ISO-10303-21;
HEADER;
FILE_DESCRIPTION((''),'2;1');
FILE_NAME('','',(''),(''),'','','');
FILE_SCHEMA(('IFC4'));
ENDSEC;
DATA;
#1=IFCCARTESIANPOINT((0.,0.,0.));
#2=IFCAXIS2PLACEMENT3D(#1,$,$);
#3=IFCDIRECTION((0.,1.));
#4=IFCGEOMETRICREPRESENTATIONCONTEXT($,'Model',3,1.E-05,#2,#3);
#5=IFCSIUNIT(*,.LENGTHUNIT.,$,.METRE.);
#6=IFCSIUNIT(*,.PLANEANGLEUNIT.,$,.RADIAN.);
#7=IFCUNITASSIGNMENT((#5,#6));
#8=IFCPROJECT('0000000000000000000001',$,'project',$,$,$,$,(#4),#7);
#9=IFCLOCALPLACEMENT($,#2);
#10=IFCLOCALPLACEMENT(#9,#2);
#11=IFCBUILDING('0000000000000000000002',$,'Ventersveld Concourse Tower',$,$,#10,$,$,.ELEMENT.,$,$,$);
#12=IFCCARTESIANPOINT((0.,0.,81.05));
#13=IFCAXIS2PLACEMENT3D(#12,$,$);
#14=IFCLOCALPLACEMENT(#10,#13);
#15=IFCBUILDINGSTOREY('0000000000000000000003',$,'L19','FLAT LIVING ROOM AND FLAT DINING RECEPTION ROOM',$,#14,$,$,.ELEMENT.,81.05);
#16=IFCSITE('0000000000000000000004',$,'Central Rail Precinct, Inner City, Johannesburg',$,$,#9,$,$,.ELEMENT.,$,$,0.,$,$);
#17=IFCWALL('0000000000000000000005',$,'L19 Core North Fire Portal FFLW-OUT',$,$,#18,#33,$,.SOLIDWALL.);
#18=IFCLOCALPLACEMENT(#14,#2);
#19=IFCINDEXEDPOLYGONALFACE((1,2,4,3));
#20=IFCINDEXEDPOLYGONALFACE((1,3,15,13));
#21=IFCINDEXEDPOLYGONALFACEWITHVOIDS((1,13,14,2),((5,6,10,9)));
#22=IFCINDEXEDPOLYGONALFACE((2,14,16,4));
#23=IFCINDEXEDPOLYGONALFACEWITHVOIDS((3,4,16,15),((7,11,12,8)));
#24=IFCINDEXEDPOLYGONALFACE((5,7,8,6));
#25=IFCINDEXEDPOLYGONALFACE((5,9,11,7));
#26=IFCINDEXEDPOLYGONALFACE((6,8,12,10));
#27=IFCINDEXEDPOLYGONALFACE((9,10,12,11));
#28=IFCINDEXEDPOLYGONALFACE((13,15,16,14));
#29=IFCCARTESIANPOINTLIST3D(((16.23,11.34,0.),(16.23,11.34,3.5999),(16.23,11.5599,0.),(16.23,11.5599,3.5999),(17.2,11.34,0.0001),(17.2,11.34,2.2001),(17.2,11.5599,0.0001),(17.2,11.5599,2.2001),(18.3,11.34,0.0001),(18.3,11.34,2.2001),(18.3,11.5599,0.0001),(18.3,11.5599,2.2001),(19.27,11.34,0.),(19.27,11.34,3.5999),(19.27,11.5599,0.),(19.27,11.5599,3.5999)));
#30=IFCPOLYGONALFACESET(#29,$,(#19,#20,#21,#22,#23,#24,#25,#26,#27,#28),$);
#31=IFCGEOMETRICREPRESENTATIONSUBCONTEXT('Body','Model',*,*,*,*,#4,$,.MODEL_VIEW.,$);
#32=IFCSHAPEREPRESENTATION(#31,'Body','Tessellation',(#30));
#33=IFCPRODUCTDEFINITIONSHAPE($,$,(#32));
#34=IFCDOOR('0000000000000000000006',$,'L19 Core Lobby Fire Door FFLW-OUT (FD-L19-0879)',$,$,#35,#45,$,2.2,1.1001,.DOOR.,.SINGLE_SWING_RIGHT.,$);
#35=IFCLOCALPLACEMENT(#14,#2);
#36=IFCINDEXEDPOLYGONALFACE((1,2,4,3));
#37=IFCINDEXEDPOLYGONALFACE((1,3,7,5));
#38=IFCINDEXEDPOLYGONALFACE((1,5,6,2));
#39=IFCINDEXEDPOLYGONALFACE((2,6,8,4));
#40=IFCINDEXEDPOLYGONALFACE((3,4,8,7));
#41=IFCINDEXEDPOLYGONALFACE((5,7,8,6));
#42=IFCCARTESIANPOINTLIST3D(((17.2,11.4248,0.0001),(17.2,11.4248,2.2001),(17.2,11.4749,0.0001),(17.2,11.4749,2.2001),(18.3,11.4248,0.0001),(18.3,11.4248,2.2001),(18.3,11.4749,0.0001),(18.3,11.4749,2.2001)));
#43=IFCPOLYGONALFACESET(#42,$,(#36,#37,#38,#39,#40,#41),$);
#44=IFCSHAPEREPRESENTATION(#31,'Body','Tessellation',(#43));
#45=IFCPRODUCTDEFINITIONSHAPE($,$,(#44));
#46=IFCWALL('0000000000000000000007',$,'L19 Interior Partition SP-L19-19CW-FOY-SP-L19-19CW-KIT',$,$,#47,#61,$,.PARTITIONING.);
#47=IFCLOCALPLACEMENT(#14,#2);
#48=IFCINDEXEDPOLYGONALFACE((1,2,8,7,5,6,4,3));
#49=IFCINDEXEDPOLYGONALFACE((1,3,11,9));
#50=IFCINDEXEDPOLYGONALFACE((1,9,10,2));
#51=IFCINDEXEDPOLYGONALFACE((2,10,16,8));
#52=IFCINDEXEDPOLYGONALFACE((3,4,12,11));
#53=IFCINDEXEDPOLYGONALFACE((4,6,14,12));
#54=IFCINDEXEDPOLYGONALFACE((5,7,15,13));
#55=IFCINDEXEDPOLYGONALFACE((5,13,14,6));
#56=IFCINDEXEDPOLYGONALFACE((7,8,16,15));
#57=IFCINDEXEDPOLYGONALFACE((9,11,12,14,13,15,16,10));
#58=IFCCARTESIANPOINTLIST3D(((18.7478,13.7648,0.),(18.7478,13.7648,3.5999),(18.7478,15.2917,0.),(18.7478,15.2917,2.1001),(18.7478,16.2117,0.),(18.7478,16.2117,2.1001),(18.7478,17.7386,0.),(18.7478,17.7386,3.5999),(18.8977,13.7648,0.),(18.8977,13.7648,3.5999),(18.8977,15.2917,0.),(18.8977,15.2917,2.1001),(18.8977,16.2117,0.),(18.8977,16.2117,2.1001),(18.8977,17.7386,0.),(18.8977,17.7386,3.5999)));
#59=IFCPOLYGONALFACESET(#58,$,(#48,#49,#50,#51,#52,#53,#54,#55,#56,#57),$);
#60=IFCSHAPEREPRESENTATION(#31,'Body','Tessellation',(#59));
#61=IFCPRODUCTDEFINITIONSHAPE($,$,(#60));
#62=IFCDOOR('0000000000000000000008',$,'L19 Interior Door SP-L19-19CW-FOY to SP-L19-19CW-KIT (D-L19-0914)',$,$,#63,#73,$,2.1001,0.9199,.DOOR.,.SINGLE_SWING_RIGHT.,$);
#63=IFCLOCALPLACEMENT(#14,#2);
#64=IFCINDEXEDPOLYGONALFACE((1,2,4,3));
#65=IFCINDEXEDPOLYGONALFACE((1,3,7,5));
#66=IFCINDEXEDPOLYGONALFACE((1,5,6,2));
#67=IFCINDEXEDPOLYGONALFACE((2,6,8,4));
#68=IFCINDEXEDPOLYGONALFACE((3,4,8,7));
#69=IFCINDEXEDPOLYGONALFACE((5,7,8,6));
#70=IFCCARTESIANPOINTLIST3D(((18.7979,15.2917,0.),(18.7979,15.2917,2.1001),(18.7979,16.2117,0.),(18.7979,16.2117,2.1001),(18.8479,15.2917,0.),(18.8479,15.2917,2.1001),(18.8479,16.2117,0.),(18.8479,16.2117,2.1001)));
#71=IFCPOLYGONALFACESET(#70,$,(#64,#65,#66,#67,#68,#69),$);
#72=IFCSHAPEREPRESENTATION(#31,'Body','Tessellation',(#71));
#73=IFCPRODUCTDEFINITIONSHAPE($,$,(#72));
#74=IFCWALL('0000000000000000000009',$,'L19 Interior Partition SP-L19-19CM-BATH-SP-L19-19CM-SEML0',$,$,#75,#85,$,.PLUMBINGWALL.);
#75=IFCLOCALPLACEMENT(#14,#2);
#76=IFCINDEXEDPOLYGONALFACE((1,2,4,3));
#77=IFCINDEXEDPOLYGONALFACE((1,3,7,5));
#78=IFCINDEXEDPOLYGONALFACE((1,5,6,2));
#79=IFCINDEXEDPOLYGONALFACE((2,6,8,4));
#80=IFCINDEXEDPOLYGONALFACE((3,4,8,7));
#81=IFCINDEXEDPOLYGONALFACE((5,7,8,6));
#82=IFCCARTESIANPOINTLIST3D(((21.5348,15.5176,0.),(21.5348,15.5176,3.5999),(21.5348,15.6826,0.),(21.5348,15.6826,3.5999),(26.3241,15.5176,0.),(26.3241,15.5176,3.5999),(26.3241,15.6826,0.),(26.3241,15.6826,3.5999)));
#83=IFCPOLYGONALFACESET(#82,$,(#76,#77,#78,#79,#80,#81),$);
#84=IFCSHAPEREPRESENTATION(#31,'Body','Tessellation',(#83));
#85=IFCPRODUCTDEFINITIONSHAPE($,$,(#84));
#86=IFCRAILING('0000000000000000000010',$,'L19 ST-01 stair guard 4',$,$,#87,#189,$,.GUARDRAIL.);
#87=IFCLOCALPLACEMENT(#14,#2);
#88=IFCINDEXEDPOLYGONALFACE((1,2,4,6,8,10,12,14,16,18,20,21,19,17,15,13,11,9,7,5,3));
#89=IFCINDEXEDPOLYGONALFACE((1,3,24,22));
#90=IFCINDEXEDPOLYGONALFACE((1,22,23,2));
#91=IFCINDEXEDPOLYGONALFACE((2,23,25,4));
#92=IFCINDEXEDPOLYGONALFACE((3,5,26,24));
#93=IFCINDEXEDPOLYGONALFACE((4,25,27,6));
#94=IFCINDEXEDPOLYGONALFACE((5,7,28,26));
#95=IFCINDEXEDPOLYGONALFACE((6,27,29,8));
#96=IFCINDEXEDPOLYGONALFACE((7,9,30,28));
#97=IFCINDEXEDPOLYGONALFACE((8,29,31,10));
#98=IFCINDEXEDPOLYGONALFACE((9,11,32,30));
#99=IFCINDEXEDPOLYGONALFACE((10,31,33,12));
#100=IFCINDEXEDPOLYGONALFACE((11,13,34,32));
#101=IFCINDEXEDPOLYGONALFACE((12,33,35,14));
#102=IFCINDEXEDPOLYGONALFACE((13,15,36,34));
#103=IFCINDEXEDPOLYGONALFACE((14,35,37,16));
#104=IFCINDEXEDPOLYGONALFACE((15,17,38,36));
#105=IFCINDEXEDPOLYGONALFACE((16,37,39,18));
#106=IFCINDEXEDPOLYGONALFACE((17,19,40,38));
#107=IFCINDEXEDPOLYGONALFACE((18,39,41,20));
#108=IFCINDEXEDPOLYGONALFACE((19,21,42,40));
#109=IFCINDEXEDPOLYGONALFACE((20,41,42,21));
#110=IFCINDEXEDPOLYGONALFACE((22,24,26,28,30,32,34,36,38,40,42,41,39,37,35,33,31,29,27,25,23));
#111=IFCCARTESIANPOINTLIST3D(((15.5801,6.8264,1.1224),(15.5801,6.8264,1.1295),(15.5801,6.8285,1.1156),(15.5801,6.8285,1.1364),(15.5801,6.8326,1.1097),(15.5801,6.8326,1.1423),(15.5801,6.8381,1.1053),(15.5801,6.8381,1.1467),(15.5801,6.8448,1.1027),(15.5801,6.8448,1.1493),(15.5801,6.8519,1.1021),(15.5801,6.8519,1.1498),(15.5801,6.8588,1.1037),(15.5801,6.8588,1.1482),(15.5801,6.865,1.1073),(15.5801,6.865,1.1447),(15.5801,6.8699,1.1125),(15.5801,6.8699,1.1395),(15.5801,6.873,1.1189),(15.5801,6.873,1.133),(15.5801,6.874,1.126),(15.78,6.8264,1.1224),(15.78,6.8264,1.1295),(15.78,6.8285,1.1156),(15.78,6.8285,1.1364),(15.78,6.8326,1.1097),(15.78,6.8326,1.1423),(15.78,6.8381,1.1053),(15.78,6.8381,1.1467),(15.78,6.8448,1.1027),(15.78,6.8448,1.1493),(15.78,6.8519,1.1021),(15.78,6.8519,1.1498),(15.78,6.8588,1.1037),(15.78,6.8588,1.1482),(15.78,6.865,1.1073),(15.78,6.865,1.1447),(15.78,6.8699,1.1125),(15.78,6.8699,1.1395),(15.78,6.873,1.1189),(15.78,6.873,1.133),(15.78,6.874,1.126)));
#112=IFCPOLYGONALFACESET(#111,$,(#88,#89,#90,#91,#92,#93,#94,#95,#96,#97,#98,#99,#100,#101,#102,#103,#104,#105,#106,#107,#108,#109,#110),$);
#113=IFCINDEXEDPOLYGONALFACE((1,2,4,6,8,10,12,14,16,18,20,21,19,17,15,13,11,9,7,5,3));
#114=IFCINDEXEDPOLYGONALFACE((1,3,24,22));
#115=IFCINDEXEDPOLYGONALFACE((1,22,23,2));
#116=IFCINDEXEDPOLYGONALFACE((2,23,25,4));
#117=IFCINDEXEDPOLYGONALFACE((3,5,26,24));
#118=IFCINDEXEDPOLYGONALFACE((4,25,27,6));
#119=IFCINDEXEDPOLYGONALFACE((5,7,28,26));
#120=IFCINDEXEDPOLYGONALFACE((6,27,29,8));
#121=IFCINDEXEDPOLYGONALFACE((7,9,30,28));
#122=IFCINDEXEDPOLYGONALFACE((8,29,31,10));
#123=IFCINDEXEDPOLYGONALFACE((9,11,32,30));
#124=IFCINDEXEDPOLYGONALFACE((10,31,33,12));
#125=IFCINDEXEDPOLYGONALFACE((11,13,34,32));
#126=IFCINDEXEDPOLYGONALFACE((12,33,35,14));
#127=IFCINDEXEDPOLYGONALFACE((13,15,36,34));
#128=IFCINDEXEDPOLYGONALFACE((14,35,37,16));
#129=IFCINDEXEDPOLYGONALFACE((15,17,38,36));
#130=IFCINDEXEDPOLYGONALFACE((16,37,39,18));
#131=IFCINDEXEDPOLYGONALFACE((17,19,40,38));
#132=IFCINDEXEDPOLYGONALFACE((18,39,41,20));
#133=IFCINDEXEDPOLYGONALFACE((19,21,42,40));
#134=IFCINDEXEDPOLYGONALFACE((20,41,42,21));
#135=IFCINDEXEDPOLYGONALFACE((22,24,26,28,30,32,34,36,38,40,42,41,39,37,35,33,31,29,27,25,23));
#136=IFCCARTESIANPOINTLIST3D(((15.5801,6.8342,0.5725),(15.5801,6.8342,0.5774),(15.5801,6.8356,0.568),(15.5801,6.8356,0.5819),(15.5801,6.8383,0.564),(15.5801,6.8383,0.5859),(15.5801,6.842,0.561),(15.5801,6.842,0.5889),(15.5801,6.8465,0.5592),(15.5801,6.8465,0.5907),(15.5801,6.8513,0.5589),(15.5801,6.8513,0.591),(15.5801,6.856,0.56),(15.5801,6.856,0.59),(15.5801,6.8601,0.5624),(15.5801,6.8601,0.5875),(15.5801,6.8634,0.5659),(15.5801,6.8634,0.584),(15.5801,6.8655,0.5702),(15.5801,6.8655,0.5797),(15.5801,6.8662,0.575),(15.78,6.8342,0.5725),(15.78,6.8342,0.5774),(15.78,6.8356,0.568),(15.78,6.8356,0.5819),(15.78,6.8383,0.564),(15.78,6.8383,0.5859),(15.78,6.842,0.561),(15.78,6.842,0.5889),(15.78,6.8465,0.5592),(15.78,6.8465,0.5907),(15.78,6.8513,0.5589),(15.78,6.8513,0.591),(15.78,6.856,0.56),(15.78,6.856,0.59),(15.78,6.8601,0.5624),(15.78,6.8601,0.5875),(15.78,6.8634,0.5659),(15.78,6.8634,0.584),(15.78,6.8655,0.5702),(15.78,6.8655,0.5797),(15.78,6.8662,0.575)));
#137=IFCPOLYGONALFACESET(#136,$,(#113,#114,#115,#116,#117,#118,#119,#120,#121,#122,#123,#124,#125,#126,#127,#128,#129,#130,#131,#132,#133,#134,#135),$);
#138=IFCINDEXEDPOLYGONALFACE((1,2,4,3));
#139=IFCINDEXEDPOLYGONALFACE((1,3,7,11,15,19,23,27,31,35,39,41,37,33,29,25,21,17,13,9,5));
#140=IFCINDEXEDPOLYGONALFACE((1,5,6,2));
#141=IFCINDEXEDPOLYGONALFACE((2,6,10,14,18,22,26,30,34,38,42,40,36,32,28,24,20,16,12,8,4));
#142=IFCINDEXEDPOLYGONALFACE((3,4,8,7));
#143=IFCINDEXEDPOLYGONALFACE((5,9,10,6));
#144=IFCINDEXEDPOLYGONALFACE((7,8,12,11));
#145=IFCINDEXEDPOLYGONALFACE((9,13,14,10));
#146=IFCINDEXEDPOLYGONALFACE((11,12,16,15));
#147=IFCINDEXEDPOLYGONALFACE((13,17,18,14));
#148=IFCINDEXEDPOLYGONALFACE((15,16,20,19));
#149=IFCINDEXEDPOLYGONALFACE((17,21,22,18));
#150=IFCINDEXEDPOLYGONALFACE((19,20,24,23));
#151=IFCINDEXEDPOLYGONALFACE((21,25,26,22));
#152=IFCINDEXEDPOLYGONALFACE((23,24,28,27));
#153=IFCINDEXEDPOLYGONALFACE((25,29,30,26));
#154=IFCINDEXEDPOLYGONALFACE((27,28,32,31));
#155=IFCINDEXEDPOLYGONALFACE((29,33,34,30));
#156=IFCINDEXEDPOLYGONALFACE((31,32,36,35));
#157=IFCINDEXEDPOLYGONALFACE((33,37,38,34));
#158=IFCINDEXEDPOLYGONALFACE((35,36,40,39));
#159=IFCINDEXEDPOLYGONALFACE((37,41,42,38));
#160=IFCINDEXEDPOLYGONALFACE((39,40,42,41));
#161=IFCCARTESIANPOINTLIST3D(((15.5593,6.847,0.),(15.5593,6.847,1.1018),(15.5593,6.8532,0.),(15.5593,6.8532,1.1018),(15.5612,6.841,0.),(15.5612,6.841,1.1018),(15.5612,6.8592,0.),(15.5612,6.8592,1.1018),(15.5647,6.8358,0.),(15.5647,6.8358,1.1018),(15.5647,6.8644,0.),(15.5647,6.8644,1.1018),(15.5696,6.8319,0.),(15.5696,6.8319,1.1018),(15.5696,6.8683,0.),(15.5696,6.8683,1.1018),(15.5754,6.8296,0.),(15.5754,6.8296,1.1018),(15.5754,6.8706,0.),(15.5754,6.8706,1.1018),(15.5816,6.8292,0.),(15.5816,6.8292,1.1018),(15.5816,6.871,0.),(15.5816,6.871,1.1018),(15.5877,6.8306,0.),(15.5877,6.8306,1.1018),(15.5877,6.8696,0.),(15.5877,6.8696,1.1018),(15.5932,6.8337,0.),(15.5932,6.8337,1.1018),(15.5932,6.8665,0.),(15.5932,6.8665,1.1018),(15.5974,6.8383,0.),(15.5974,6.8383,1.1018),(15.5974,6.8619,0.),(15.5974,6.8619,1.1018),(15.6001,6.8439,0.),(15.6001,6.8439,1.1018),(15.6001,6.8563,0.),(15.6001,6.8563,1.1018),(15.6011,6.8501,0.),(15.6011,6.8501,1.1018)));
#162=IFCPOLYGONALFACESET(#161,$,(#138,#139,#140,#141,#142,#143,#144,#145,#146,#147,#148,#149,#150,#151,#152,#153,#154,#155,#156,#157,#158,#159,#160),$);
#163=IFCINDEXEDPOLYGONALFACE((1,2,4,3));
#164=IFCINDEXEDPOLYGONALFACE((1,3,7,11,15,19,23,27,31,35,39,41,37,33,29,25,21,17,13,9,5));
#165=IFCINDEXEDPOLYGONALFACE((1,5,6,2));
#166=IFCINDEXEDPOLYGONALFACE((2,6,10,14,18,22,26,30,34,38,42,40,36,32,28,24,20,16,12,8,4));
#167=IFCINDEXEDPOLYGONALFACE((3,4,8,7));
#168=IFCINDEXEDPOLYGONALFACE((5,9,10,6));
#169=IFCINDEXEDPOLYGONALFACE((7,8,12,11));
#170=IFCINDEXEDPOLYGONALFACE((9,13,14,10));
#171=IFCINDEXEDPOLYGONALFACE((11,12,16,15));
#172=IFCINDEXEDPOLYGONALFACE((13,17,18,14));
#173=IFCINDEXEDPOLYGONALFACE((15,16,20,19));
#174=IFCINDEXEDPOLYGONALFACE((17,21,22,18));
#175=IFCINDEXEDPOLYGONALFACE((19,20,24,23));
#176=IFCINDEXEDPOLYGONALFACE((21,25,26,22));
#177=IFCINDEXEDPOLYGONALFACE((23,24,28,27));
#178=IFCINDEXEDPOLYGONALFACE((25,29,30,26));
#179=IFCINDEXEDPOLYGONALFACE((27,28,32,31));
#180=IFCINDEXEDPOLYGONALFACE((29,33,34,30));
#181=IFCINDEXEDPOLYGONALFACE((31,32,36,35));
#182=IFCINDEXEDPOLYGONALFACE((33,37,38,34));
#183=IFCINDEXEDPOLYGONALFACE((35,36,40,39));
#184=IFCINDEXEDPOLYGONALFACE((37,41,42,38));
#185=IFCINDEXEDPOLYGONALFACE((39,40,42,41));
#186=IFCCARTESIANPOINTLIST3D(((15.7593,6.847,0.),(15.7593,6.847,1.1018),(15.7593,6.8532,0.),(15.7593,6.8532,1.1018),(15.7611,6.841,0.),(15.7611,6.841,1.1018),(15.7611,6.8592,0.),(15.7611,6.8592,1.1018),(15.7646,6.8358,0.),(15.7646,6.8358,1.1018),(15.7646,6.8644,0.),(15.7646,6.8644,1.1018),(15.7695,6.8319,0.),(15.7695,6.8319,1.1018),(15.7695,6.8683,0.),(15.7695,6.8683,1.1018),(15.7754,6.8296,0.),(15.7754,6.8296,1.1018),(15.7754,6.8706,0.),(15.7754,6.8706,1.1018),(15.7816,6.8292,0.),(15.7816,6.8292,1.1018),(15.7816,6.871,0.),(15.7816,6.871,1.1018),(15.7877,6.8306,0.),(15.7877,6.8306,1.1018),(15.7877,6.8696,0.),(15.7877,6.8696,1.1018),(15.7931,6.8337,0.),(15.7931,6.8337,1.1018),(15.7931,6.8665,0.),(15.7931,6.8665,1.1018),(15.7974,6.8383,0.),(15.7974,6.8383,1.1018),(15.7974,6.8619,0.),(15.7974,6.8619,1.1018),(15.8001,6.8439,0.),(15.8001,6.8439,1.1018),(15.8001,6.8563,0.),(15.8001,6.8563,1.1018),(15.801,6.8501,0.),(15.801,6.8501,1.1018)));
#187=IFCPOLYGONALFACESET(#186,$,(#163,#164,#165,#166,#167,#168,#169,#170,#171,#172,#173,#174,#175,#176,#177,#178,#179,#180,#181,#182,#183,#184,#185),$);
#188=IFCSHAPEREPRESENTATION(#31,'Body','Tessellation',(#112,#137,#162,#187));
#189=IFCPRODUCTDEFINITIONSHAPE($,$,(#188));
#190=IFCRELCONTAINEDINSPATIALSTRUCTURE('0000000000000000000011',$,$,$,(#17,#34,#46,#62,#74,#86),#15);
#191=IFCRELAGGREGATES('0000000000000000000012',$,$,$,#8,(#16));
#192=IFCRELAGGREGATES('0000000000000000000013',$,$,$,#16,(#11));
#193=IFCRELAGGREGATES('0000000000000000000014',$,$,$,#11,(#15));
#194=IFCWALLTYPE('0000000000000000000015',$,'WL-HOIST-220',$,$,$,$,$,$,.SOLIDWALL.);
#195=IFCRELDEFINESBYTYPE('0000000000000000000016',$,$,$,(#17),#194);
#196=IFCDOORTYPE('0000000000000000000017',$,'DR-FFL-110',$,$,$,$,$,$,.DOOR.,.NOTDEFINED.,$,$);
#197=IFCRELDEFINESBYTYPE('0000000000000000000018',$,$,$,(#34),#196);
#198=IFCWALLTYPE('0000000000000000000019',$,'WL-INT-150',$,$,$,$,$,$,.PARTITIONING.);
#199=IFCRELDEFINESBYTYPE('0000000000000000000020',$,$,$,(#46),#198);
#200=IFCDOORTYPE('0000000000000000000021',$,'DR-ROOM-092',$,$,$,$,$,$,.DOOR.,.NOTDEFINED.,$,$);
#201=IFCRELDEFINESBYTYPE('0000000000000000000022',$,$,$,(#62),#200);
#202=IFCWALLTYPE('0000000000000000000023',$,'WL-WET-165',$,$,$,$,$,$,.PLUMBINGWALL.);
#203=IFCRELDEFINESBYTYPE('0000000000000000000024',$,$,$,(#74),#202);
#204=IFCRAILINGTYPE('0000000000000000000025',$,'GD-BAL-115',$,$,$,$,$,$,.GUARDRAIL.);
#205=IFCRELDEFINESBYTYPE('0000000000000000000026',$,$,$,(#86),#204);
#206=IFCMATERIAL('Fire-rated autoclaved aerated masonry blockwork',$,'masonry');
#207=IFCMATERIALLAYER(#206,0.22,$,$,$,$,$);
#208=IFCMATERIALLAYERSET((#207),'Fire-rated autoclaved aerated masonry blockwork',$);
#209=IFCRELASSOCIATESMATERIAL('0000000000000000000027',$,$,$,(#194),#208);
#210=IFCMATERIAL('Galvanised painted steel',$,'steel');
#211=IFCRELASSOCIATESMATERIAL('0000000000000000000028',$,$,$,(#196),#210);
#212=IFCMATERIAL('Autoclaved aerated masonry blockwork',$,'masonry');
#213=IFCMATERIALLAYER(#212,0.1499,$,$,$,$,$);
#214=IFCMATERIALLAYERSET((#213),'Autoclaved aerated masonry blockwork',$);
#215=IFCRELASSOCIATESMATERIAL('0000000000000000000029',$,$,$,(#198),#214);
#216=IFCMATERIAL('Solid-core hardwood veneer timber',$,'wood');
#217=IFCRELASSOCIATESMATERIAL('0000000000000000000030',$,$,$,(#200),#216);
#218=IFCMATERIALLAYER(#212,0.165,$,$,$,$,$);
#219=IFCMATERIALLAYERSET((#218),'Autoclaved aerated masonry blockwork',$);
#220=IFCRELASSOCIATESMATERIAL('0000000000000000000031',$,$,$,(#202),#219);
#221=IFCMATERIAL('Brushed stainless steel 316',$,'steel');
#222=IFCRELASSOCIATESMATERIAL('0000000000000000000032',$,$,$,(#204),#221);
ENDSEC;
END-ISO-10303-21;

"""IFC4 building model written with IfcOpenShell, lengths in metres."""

from ifc_helpers import new_model, si_unit, direction, frame, frame_2d, origin, origin_2d, place, context, subcontext, project, spatial, rectangle, circle, extrude, material, layer, layer_set, type_object, element, fill, save


model = new_model("IFC4")

# Units and contexts
model_context = context("Model", 3, precision=1e-05, world=origin(), true_north=direction((0.0, 1.0)))
body_context = subcontext(model_context, "Body", "Model", "MODEL_VIEW")
ifc_project = project(units=[si_unit("LENGTHUNIT", "METRE"), si_unit("PLANEANGLEUNIT", "RADIAN")], contexts=[model_context])

# Site, building, storey
site_placement = place(None, origin())
site = spatial("IfcSite", under=ifc_project, at=site_placement, Name="Central Rail Precinct, Inner City, Johannesburg", CompositionType="ELEMENT", RefElevation=0.0)
building_placement = place(site_placement, origin())
building = spatial("IfcBuilding", under=site, at=building_placement, Name="Ventersveld Concourse Tower", CompositionType="ELEMENT")
storey_placement = place(building_placement, frame((0.0, 0.0, 81.05)))
storey = spatial("IfcBuildingStorey", under=building, at=storey_placement, Name="L19", Description="FLAT LIVING ROOM AND FLAT DINING RECEPTION ROOM", CompositionType="ELEMENT", Elevation=81.05)

# Shared definitions
ifc_material_1 = material(Name="Fire-rated autoclaved aerated masonry blockwork", Category="masonry")

# Shared definitions
ifc_layer_1 = layer(ifc_material_1, 0.22)
ifc_layer_set_1 = layer_set([ifc_layer_1], Name="Fire-rated autoclaved aerated masonry blockwork")
wall_type_1 = type_object("IfcWallType", Name="WL-HOIST-220", PredefinedType="SOLIDWALL", material=ifc_layer_set_1)
ifc_material_2 = material(Name="Brushed stainless steel 316", Category="steel")

# Walls, openings, doors
ifc_material_3 = material(Name="Galvanised painted steel", Category="steel")
door_type_1 = type_object("IfcDoorType", Name="DR-FFL-110", OperationType="NOTDEFINED", PredefinedType="DOOR", material=ifc_material_3)
wall_1_placement = place(storey_placement, frame((16.23, 11.45, 0.0), z_axis=(0.0, 0.0, 1.0), x_axis=(1.0, 0.0, 0.0)))
wall_1 = element("IfcWall", 1, at=wall_1_placement, inside=storey, type_object=wall_type_1, Name="L19 Core North Fire Portal FFLW-OUT", PredefinedType="SOLIDWALL", context=body_context, shape_type="SweptSolid", body=[
    extrude(rectangle(XDim=3.04, YDim=0.22, at=frame_2d((1.52, 0.0))), origin(), (0.0, 0.0, 1.0), 3.5999),
])
opening_1_placement = place(wall_1_placement, frame((0.97, 0.0, 0.0)))
opening_1 = element("IfcOpeningElement", 2, at=opening_1_placement, cuts=wall_1, PredefinedType="OPENING", context=body_context, shape_type="SweptSolid", body=[
    extrude(rectangle(XDim=1.1001, YDim=2.2, at=frame_2d((0.55, 1.1001))), frame((0.0, 0.1201, 0.0), z_axis=(0.0, -1.0, 0.0), x_axis=(1.0, 0.0, 0.0)), (0.0, 0.0, 1.0), 0.24),
])
door_1_placement = place(opening_1_placement, origin())
door_1 = element("IfcDoor", 3, at=door_1_placement, inside=storey, type_object=door_type_1, Name="L19 Core Lobby Fire Door FFLW-OUT (FD-L19-0879)", OperationType="SINGLE_SWING_RIGHT", OverallHeight=2.2, OverallWidth=1.1001, PredefinedType="DOOR", context=body_context, shape_type="SweptSolid", body=[
    extrude(rectangle(XDim=1.1001, YDim=2.2, at=frame_2d((0.55, 1.1001))), frame((0.0, 0.0249, 0.0), z_axis=(0.0, -1.0, 0.0), x_axis=(1.0, 0.0, 0.0)), (0.0, 0.0, 1.0), 0.05),
])
fill(opening_1, door_1)
ifc_material_4 = material(Name="Autoclaved aerated masonry blockwork", Category="masonry")
ifc_layer_2 = layer(ifc_material_4, 0.1499)
ifc_layer_set_2 = layer_set([ifc_layer_2], Name="Autoclaved aerated masonry blockwork")
wall_type_2 = type_object("IfcWallType", Name="WL-INT-150", PredefinedType="PARTITIONING", material=ifc_layer_set_2)
wall_2_placement = place(storey_placement, frame((18.8228, 13.7649, 0.0), z_axis=(0.0, 0.0, 1.0), x_axis=(0.0, 1.0, 0.0)))
wall_2 = element("IfcWall", 4, at=wall_2_placement, inside=storey, type_object=wall_type_2, Name="L19 Interior Partition SP-L19-19CW-FOY-SP-L19-19CW-KIT", PredefinedType="PARTITIONING", context=body_context, shape_type="SweptSolid", body=[
    extrude(rectangle(XDim=3.9739, YDim=0.1499, at=frame_2d((1.9868, 0.0))), origin(), (0.0, 0.0, 1.0), 3.5999),
])
opening_2_placement = place(wall_2_placement, frame((1.5269, 0.0, 0.0)))
opening_2 = element("IfcOpeningElement", 5, at=opening_2_placement, cuts=wall_2, PredefinedType="OPENING", context=body_context, shape_type="SweptSolid", body=[
    extrude(rectangle(XDim=0.9199, YDim=2.1001, at=frame_2d((0.46, 1.05))), frame((0.0, 0.085, 0.0), z_axis=(0.0, -1.0, 0.0), x_axis=(1.0, 0.0, 0.0)), (0.0, 0.0, 1.0), 0.1699),
])
ifc_material_5 = material(Name="Solid-core hardwood veneer timber", Category="wood")
door_type_2 = type_object("IfcDoorType", Name="DR-ROOM-092", OperationType="NOTDEFINED", PredefinedType="DOOR", material=ifc_material_5)
door_2_placement = place(opening_2_placement, origin())
door_2 = element("IfcDoor", 6, at=door_2_placement, inside=storey, type_object=door_type_2, Name="L19 Interior Door SP-L19-19CW-FOY to SP-L19-19CW-KIT (D-L19-0914)", OperationType="SINGLE_SWING_RIGHT", OverallHeight=2.1001, OverallWidth=0.9199, PredefinedType="DOOR", context=body_context, shape_type="SweptSolid", body=[
    extrude(rectangle(XDim=0.9199, YDim=2.1001, at=frame_2d((0.46, 1.05))), frame((0.0, 0.0249, 0.0), z_axis=(0.0, -1.0, 0.0), x_axis=(1.0, 0.0, 0.0)), (0.0, 0.0, 1.0), 0.05),
])
fill(opening_2, door_2)

# Wall
ifc_layer_3 = layer(ifc_material_4, 0.165)
ifc_layer_set_3 = layer_set([ifc_layer_3], Name="Autoclaved aerated masonry blockwork")
wall_type_3 = type_object("IfcWallType", Name="WL-WET-165", PredefinedType="PLUMBINGWALL", material=ifc_layer_set_3)
wall_3_placement = place(storey_placement, frame((21.5349, 15.6001, 0.0), z_axis=(0.0, 0.0, 1.0), x_axis=(1.0, 0.0, 0.0)))
element("IfcWall", 7, at=wall_3_placement, inside=storey, type_object=wall_type_3, Name="L19 Interior Partition SP-L19-19CM-BATH-SP-L19-19CM-SEML0", PredefinedType="PLUMBINGWALL", context=body_context, shape_type="SweptSolid", body=[
    extrude(rectangle(XDim=4.7893, YDim=0.165, at=frame_2d((2.3945, 0.0))), origin(), (0.0, 0.0, 1.0), 3.5999),
])

# Railing
railing_type = type_object("IfcRailingType", Name="GD-BAL-115", PredefinedType="GUARDRAIL", material=ifc_material_2)
railing_placement = place(storey_placement, frame((15.5801, 6.8501, 0.0)))
element("IfcRailing", 8, at=railing_placement, inside=storey, type_object=railing_type, Name="L19 ST-01 stair guard 4", PredefinedType="GUARDRAIL", context=body_context, shape_type="SweptSolid", body=[
    extrude(circle(Radius=0.0239, at=origin_2d()), frame((0.0, 0.0, 1.126), z_axis=(1.0, 0.0, 0.0), x_axis=(0.0, 1.0, 0.0)), (0.0, 0.0, 1.0), 0.2),
    extrude(circle(Radius=0.0161, at=origin_2d()), frame((0.0, 0.0, 0.575), z_axis=(1.0, 0.0, 0.0), x_axis=(0.0, 1.0, 0.0)), (0.0, 0.0, 1.0), 0.2),
    extrude(circle(Radius=0.021, at=origin_2d()), origin(), (0.0, 0.0, 1.0), 1.1018),
    extrude(circle(Radius=0.021, at=origin_2d()), frame((0.2, 0.0, 0.0)), (0.0, 0.0, 1.0), 1.1018),
])

save(model, "model.ifc")
